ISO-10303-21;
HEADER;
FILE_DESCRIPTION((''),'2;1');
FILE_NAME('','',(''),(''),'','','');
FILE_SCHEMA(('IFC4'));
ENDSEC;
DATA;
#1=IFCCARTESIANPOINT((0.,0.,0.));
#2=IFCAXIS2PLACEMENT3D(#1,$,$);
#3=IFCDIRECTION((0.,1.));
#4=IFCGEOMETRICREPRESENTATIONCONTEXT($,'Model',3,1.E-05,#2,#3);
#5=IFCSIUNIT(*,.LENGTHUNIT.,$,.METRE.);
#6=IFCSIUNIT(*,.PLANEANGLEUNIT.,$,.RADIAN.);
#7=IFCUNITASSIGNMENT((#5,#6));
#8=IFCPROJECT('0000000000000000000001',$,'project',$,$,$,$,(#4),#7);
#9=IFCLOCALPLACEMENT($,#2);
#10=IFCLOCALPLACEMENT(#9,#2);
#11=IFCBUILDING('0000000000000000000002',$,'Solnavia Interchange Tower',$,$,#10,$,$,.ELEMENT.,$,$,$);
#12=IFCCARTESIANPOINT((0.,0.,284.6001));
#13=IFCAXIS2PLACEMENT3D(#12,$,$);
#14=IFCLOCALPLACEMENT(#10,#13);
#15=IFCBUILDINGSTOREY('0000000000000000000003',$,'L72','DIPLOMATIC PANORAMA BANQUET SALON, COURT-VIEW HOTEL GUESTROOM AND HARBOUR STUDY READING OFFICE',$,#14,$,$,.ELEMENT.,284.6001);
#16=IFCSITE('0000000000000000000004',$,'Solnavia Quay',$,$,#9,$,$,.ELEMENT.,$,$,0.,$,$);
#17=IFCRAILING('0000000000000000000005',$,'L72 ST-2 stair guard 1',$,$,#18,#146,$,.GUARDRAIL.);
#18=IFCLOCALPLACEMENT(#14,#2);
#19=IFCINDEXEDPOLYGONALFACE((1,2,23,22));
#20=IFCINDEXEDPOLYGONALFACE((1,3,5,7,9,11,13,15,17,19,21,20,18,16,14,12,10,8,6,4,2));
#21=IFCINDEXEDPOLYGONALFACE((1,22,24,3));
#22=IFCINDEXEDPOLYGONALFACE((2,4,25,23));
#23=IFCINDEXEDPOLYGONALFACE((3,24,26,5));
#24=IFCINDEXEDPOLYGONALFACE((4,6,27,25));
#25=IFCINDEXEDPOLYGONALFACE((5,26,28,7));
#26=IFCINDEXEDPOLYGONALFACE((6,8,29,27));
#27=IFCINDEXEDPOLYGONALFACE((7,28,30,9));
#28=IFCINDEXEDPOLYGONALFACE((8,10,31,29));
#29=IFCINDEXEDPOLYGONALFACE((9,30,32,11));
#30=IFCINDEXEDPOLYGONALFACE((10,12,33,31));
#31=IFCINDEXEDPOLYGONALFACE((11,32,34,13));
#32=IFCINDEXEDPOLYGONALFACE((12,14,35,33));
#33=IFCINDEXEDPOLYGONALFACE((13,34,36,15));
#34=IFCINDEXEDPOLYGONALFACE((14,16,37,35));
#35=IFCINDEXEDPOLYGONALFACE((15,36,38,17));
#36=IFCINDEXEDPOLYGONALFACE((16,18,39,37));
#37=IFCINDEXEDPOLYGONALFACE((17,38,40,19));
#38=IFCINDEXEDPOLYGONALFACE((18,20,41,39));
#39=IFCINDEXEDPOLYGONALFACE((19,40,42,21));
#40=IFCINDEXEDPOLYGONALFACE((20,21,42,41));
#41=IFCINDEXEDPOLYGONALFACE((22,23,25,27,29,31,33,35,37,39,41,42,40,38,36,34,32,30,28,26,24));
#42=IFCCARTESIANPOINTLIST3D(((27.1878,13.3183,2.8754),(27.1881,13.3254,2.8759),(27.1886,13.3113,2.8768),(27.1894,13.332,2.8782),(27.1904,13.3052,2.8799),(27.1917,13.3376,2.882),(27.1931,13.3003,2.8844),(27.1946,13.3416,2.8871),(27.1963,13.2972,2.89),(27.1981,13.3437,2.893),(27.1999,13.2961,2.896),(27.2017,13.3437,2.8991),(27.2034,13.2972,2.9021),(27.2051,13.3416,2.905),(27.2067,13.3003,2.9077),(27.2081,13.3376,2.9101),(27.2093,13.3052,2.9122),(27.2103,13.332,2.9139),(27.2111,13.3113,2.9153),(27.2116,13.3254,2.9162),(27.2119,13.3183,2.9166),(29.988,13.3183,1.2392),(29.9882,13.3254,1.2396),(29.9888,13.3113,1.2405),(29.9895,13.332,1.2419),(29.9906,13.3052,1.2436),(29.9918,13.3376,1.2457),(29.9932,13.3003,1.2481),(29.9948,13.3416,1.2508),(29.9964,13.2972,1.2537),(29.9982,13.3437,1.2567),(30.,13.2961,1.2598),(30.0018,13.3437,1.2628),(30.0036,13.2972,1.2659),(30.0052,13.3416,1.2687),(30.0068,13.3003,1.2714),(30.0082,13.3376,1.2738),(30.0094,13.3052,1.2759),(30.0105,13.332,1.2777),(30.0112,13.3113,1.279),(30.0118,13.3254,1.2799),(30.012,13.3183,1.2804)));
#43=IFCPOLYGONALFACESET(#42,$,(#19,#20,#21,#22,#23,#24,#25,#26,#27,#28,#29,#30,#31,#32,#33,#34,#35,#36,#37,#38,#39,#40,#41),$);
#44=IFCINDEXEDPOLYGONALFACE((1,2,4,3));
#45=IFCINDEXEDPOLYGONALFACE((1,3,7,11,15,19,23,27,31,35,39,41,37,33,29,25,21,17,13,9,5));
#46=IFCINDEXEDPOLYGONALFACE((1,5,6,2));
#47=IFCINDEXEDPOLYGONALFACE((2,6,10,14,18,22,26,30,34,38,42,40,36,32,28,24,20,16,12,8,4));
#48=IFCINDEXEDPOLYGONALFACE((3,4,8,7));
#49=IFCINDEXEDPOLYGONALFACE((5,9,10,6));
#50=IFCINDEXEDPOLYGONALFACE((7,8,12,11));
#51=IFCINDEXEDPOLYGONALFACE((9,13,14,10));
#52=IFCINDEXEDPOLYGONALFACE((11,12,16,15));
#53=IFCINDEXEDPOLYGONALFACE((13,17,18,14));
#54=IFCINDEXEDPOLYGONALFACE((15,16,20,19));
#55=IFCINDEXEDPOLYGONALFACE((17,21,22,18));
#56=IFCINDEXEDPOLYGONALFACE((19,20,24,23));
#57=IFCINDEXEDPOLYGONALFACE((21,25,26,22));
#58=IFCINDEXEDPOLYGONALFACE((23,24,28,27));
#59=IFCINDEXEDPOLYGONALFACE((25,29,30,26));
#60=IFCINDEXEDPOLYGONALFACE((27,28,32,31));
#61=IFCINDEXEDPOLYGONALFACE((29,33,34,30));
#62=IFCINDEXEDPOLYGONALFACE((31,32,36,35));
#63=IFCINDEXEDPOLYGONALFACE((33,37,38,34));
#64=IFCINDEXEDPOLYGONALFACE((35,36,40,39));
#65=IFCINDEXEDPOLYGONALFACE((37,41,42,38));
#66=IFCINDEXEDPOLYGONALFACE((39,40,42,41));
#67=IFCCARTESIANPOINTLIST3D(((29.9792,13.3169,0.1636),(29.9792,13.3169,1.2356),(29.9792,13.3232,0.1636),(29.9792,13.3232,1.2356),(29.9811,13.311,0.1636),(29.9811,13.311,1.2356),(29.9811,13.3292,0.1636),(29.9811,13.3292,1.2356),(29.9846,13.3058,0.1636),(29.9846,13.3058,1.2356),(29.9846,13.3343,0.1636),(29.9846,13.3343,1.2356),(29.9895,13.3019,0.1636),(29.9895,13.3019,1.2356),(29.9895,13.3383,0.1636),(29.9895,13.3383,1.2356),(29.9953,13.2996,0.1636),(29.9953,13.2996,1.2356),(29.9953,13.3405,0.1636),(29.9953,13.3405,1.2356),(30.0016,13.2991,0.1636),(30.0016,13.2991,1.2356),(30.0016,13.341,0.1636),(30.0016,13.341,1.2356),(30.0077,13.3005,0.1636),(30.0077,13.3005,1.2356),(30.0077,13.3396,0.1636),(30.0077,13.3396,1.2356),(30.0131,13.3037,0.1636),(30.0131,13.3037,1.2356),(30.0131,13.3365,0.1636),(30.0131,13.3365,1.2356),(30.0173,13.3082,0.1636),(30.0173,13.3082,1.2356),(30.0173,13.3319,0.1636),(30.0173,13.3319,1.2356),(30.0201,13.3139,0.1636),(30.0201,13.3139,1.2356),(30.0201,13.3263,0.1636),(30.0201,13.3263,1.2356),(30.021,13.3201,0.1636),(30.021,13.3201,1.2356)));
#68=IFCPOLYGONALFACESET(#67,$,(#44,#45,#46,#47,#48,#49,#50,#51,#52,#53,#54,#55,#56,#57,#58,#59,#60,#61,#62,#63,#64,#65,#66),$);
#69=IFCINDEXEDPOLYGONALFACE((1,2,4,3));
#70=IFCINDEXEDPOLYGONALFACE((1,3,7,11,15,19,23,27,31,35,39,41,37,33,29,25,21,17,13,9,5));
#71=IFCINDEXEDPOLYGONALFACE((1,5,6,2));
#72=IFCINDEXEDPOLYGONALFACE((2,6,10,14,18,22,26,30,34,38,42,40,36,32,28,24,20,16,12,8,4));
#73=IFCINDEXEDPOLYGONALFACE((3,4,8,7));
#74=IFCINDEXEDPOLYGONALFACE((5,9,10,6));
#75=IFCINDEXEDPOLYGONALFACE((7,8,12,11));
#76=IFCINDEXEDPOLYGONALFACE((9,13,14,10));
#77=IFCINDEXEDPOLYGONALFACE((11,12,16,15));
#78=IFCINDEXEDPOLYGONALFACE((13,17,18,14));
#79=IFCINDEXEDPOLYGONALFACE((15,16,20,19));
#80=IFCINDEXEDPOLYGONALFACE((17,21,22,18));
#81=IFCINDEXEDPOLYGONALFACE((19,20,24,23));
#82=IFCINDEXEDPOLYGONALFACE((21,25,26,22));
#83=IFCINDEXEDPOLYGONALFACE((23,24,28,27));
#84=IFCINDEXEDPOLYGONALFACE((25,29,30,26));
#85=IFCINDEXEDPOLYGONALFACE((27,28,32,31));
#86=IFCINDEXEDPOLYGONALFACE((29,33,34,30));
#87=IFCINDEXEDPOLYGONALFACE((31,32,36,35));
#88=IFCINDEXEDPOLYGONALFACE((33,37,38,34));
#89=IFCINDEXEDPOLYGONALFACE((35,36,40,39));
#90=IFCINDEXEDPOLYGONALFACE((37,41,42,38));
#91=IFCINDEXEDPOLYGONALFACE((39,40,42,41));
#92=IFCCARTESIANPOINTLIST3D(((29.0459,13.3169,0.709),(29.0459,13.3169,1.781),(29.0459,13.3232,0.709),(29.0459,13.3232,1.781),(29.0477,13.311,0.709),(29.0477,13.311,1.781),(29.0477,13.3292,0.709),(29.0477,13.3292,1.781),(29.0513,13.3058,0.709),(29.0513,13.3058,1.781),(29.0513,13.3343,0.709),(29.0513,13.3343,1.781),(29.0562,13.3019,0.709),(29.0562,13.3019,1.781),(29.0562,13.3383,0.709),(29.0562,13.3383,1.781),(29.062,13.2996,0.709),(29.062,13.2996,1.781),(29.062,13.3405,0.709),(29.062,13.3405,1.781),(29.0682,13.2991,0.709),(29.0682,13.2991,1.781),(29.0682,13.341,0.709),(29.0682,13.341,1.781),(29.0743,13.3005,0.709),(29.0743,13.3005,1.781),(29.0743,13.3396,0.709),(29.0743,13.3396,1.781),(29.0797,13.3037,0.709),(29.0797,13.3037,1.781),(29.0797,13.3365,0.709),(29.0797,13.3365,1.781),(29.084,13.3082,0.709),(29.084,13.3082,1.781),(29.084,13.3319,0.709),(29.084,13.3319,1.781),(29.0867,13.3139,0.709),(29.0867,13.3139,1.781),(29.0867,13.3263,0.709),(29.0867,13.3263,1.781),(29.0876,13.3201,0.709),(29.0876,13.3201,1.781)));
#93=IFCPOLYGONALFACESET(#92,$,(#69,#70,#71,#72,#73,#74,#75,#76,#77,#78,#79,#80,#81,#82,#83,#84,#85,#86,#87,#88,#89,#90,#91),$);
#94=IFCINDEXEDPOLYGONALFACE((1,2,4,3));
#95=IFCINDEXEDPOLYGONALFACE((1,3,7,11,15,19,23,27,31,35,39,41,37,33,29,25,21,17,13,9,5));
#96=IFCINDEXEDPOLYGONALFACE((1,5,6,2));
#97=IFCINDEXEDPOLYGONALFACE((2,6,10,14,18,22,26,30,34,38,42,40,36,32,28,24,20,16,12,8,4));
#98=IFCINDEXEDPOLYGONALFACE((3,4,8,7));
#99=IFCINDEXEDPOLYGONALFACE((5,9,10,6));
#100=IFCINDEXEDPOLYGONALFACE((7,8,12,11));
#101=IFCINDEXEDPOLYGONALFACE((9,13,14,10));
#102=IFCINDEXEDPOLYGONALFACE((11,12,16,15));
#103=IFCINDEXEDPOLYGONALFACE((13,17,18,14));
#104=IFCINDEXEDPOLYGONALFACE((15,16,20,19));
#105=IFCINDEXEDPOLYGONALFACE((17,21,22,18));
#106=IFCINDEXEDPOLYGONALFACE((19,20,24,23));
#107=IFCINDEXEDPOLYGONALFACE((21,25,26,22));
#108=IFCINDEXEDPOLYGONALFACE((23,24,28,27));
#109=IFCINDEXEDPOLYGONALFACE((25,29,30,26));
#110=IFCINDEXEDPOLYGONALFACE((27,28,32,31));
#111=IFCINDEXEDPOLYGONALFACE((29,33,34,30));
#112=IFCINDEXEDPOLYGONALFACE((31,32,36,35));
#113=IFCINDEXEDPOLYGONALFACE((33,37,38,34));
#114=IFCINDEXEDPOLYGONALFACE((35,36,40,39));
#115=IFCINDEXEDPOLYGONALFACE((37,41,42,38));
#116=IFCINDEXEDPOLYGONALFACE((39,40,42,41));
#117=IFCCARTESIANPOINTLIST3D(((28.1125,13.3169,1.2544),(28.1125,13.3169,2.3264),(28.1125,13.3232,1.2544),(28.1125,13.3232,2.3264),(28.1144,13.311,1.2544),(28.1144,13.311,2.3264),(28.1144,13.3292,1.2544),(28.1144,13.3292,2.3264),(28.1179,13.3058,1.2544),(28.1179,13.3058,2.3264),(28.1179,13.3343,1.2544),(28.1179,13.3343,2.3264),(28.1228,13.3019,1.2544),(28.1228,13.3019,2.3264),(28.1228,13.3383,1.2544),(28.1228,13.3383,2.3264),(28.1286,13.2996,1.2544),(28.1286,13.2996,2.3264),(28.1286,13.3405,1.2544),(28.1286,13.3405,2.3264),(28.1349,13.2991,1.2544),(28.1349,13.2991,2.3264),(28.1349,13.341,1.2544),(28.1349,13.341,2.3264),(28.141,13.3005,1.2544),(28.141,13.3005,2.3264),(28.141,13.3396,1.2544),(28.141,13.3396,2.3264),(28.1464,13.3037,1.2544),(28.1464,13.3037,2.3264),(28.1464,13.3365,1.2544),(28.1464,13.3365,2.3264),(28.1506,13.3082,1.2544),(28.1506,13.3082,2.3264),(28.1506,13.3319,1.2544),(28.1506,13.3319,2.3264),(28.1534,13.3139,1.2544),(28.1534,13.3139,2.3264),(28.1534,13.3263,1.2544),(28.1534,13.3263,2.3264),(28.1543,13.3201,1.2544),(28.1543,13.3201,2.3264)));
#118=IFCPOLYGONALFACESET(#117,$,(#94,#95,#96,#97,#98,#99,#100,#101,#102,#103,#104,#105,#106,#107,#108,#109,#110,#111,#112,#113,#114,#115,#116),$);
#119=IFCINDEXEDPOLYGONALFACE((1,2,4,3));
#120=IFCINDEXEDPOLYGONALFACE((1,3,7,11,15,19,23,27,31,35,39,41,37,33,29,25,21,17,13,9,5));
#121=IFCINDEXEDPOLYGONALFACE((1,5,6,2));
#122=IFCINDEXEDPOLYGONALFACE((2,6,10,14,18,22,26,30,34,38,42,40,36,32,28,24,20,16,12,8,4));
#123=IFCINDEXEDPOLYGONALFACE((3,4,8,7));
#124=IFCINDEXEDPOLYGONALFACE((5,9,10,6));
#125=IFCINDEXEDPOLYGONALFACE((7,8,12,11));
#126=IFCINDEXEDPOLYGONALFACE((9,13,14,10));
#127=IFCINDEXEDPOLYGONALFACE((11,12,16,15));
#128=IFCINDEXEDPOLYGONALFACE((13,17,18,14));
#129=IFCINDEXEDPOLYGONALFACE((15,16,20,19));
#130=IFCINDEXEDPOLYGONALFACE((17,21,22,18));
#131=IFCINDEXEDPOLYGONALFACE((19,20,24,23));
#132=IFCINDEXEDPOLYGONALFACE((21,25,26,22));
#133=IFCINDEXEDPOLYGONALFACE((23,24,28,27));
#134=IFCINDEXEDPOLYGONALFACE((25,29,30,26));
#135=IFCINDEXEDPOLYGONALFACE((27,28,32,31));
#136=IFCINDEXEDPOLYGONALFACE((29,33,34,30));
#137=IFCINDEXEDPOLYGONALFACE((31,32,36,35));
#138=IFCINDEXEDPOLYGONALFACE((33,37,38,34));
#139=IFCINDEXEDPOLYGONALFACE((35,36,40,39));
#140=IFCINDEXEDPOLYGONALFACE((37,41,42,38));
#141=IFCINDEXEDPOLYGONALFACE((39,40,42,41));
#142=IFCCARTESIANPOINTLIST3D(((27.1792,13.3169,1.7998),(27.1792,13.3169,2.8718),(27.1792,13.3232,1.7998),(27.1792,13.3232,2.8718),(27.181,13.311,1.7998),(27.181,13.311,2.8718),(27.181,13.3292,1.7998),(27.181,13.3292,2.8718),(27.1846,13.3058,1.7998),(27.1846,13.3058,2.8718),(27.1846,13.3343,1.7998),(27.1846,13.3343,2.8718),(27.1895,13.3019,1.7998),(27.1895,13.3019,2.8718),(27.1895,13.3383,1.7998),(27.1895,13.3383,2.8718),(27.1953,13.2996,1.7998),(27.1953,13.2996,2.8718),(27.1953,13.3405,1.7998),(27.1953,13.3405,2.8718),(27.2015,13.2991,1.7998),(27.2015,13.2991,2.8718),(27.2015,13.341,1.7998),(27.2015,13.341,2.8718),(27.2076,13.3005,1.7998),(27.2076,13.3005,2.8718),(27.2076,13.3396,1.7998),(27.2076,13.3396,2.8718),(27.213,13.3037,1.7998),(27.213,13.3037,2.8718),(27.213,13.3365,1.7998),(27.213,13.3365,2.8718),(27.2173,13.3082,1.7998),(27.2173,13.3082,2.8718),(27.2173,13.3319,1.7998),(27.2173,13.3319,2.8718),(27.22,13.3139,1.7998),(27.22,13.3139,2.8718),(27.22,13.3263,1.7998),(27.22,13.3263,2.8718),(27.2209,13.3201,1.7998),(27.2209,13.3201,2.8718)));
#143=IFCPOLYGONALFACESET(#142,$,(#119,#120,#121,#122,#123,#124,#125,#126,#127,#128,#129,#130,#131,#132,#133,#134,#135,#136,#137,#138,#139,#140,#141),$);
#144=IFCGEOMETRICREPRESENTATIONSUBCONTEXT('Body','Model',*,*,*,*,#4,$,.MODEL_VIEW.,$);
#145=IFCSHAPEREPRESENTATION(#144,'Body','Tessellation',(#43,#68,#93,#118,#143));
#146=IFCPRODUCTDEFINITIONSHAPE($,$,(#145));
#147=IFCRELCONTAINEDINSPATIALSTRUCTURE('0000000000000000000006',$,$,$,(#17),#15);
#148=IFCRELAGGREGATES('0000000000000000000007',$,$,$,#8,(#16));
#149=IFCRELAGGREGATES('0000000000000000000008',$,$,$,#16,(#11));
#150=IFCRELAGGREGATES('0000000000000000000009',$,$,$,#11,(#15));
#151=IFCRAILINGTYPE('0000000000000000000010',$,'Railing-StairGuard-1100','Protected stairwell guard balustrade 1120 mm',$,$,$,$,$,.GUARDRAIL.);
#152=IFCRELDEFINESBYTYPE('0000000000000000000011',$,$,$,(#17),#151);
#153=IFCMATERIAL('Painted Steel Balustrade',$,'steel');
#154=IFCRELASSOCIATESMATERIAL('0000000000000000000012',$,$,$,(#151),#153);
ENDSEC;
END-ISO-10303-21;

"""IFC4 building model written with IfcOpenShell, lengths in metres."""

from ifc_helpers import new_model, si_unit, direction, frame, origin, origin_2d, place, context, subcontext, project, spatial, circle, extrude, material, type_object, element, save


model = new_model("IFC4")

# Units and contexts
model_context = context("Model", 3, precision=1e-05, world=origin(), true_north=direction((0.0, 1.0)))
body_context = subcontext(model_context, "Body", "Model", "MODEL_VIEW")
ifc_project = project(units=[si_unit("LENGTHUNIT", "METRE"), si_unit("PLANEANGLEUNIT", "RADIAN")], contexts=[model_context])

# Site, building, storey
site_placement = place(None, origin())
site = spatial("IfcSite", under=ifc_project, at=site_placement, Name="Solnavia Quay", CompositionType="ELEMENT", RefElevation=0.0)
building_placement = place(site_placement, origin())
building = spatial("IfcBuilding", under=site, at=building_placement, Name="Solnavia Interchange Tower", CompositionType="ELEMENT")
storey_placement = place(building_placement, frame((0.0, 0.0, 284.6001)))
storey = spatial("IfcBuildingStorey", under=building, at=storey_placement, Name="L72", Description="DIPLOMATIC PANORAMA BANQUET SALON, COURT-VIEW HOTEL GUESTROOM AND HARBOUR STUDY READING OFFICE", CompositionType="ELEMENT", Elevation=284.6001)

# Railing
ifc_material_1 = material(Name="Painted Steel Balustrade", Category="steel")
railing_type_1 = type_object("IfcRailingType", Name="Railing-StairGuard-1100", Description="Protected stairwell guard balustrade 1120 mm", PredefinedType="GUARDRAIL", material=ifc_material_1)
for number, where, name in (
    (1, (30.0, 13.3201, 0.1636), "L72 ST-2 stair guard 1"),
):
    element("IfcRailing", number, at=place(storey_placement, frame(where)), inside=storey, type_object=railing_type_1, Name=name, PredefinedType="GUARDRAIL", context=body_context, shape_type="SweptSolid", body=[
        extrude(circle(Radius=0.0239, at=origin_2d()), frame((0.0, 0.0, 1.0962), z_axis=(-0.863394, 0.0, 0.504531), x_axis=(0.0, -1.0, 0.0)), (0.0, 0.0, 1.0), 3.2432),
        extrude(circle(Radius=0.021, at=origin_2d()), origin(), (0.0, 0.0, 1.0), 1.072),
        extrude(circle(Radius=0.021, at=origin_2d()), frame((-0.9333, 0.0, 0.5454)), (0.0, 0.0, 1.0), 1.072),
        extrude(circle(Radius=0.021, at=origin_2d()), frame((-1.8667, 0.0, 1.0908)), (0.0, 0.0, 1.0), 1.072),
        extrude(circle(Radius=0.021, at=origin_2d()), frame((-2.8, 0.0, 1.6362)), (0.0, 0.0, 1.0), 1.072),
    ])

save(model, "model.ifc")
